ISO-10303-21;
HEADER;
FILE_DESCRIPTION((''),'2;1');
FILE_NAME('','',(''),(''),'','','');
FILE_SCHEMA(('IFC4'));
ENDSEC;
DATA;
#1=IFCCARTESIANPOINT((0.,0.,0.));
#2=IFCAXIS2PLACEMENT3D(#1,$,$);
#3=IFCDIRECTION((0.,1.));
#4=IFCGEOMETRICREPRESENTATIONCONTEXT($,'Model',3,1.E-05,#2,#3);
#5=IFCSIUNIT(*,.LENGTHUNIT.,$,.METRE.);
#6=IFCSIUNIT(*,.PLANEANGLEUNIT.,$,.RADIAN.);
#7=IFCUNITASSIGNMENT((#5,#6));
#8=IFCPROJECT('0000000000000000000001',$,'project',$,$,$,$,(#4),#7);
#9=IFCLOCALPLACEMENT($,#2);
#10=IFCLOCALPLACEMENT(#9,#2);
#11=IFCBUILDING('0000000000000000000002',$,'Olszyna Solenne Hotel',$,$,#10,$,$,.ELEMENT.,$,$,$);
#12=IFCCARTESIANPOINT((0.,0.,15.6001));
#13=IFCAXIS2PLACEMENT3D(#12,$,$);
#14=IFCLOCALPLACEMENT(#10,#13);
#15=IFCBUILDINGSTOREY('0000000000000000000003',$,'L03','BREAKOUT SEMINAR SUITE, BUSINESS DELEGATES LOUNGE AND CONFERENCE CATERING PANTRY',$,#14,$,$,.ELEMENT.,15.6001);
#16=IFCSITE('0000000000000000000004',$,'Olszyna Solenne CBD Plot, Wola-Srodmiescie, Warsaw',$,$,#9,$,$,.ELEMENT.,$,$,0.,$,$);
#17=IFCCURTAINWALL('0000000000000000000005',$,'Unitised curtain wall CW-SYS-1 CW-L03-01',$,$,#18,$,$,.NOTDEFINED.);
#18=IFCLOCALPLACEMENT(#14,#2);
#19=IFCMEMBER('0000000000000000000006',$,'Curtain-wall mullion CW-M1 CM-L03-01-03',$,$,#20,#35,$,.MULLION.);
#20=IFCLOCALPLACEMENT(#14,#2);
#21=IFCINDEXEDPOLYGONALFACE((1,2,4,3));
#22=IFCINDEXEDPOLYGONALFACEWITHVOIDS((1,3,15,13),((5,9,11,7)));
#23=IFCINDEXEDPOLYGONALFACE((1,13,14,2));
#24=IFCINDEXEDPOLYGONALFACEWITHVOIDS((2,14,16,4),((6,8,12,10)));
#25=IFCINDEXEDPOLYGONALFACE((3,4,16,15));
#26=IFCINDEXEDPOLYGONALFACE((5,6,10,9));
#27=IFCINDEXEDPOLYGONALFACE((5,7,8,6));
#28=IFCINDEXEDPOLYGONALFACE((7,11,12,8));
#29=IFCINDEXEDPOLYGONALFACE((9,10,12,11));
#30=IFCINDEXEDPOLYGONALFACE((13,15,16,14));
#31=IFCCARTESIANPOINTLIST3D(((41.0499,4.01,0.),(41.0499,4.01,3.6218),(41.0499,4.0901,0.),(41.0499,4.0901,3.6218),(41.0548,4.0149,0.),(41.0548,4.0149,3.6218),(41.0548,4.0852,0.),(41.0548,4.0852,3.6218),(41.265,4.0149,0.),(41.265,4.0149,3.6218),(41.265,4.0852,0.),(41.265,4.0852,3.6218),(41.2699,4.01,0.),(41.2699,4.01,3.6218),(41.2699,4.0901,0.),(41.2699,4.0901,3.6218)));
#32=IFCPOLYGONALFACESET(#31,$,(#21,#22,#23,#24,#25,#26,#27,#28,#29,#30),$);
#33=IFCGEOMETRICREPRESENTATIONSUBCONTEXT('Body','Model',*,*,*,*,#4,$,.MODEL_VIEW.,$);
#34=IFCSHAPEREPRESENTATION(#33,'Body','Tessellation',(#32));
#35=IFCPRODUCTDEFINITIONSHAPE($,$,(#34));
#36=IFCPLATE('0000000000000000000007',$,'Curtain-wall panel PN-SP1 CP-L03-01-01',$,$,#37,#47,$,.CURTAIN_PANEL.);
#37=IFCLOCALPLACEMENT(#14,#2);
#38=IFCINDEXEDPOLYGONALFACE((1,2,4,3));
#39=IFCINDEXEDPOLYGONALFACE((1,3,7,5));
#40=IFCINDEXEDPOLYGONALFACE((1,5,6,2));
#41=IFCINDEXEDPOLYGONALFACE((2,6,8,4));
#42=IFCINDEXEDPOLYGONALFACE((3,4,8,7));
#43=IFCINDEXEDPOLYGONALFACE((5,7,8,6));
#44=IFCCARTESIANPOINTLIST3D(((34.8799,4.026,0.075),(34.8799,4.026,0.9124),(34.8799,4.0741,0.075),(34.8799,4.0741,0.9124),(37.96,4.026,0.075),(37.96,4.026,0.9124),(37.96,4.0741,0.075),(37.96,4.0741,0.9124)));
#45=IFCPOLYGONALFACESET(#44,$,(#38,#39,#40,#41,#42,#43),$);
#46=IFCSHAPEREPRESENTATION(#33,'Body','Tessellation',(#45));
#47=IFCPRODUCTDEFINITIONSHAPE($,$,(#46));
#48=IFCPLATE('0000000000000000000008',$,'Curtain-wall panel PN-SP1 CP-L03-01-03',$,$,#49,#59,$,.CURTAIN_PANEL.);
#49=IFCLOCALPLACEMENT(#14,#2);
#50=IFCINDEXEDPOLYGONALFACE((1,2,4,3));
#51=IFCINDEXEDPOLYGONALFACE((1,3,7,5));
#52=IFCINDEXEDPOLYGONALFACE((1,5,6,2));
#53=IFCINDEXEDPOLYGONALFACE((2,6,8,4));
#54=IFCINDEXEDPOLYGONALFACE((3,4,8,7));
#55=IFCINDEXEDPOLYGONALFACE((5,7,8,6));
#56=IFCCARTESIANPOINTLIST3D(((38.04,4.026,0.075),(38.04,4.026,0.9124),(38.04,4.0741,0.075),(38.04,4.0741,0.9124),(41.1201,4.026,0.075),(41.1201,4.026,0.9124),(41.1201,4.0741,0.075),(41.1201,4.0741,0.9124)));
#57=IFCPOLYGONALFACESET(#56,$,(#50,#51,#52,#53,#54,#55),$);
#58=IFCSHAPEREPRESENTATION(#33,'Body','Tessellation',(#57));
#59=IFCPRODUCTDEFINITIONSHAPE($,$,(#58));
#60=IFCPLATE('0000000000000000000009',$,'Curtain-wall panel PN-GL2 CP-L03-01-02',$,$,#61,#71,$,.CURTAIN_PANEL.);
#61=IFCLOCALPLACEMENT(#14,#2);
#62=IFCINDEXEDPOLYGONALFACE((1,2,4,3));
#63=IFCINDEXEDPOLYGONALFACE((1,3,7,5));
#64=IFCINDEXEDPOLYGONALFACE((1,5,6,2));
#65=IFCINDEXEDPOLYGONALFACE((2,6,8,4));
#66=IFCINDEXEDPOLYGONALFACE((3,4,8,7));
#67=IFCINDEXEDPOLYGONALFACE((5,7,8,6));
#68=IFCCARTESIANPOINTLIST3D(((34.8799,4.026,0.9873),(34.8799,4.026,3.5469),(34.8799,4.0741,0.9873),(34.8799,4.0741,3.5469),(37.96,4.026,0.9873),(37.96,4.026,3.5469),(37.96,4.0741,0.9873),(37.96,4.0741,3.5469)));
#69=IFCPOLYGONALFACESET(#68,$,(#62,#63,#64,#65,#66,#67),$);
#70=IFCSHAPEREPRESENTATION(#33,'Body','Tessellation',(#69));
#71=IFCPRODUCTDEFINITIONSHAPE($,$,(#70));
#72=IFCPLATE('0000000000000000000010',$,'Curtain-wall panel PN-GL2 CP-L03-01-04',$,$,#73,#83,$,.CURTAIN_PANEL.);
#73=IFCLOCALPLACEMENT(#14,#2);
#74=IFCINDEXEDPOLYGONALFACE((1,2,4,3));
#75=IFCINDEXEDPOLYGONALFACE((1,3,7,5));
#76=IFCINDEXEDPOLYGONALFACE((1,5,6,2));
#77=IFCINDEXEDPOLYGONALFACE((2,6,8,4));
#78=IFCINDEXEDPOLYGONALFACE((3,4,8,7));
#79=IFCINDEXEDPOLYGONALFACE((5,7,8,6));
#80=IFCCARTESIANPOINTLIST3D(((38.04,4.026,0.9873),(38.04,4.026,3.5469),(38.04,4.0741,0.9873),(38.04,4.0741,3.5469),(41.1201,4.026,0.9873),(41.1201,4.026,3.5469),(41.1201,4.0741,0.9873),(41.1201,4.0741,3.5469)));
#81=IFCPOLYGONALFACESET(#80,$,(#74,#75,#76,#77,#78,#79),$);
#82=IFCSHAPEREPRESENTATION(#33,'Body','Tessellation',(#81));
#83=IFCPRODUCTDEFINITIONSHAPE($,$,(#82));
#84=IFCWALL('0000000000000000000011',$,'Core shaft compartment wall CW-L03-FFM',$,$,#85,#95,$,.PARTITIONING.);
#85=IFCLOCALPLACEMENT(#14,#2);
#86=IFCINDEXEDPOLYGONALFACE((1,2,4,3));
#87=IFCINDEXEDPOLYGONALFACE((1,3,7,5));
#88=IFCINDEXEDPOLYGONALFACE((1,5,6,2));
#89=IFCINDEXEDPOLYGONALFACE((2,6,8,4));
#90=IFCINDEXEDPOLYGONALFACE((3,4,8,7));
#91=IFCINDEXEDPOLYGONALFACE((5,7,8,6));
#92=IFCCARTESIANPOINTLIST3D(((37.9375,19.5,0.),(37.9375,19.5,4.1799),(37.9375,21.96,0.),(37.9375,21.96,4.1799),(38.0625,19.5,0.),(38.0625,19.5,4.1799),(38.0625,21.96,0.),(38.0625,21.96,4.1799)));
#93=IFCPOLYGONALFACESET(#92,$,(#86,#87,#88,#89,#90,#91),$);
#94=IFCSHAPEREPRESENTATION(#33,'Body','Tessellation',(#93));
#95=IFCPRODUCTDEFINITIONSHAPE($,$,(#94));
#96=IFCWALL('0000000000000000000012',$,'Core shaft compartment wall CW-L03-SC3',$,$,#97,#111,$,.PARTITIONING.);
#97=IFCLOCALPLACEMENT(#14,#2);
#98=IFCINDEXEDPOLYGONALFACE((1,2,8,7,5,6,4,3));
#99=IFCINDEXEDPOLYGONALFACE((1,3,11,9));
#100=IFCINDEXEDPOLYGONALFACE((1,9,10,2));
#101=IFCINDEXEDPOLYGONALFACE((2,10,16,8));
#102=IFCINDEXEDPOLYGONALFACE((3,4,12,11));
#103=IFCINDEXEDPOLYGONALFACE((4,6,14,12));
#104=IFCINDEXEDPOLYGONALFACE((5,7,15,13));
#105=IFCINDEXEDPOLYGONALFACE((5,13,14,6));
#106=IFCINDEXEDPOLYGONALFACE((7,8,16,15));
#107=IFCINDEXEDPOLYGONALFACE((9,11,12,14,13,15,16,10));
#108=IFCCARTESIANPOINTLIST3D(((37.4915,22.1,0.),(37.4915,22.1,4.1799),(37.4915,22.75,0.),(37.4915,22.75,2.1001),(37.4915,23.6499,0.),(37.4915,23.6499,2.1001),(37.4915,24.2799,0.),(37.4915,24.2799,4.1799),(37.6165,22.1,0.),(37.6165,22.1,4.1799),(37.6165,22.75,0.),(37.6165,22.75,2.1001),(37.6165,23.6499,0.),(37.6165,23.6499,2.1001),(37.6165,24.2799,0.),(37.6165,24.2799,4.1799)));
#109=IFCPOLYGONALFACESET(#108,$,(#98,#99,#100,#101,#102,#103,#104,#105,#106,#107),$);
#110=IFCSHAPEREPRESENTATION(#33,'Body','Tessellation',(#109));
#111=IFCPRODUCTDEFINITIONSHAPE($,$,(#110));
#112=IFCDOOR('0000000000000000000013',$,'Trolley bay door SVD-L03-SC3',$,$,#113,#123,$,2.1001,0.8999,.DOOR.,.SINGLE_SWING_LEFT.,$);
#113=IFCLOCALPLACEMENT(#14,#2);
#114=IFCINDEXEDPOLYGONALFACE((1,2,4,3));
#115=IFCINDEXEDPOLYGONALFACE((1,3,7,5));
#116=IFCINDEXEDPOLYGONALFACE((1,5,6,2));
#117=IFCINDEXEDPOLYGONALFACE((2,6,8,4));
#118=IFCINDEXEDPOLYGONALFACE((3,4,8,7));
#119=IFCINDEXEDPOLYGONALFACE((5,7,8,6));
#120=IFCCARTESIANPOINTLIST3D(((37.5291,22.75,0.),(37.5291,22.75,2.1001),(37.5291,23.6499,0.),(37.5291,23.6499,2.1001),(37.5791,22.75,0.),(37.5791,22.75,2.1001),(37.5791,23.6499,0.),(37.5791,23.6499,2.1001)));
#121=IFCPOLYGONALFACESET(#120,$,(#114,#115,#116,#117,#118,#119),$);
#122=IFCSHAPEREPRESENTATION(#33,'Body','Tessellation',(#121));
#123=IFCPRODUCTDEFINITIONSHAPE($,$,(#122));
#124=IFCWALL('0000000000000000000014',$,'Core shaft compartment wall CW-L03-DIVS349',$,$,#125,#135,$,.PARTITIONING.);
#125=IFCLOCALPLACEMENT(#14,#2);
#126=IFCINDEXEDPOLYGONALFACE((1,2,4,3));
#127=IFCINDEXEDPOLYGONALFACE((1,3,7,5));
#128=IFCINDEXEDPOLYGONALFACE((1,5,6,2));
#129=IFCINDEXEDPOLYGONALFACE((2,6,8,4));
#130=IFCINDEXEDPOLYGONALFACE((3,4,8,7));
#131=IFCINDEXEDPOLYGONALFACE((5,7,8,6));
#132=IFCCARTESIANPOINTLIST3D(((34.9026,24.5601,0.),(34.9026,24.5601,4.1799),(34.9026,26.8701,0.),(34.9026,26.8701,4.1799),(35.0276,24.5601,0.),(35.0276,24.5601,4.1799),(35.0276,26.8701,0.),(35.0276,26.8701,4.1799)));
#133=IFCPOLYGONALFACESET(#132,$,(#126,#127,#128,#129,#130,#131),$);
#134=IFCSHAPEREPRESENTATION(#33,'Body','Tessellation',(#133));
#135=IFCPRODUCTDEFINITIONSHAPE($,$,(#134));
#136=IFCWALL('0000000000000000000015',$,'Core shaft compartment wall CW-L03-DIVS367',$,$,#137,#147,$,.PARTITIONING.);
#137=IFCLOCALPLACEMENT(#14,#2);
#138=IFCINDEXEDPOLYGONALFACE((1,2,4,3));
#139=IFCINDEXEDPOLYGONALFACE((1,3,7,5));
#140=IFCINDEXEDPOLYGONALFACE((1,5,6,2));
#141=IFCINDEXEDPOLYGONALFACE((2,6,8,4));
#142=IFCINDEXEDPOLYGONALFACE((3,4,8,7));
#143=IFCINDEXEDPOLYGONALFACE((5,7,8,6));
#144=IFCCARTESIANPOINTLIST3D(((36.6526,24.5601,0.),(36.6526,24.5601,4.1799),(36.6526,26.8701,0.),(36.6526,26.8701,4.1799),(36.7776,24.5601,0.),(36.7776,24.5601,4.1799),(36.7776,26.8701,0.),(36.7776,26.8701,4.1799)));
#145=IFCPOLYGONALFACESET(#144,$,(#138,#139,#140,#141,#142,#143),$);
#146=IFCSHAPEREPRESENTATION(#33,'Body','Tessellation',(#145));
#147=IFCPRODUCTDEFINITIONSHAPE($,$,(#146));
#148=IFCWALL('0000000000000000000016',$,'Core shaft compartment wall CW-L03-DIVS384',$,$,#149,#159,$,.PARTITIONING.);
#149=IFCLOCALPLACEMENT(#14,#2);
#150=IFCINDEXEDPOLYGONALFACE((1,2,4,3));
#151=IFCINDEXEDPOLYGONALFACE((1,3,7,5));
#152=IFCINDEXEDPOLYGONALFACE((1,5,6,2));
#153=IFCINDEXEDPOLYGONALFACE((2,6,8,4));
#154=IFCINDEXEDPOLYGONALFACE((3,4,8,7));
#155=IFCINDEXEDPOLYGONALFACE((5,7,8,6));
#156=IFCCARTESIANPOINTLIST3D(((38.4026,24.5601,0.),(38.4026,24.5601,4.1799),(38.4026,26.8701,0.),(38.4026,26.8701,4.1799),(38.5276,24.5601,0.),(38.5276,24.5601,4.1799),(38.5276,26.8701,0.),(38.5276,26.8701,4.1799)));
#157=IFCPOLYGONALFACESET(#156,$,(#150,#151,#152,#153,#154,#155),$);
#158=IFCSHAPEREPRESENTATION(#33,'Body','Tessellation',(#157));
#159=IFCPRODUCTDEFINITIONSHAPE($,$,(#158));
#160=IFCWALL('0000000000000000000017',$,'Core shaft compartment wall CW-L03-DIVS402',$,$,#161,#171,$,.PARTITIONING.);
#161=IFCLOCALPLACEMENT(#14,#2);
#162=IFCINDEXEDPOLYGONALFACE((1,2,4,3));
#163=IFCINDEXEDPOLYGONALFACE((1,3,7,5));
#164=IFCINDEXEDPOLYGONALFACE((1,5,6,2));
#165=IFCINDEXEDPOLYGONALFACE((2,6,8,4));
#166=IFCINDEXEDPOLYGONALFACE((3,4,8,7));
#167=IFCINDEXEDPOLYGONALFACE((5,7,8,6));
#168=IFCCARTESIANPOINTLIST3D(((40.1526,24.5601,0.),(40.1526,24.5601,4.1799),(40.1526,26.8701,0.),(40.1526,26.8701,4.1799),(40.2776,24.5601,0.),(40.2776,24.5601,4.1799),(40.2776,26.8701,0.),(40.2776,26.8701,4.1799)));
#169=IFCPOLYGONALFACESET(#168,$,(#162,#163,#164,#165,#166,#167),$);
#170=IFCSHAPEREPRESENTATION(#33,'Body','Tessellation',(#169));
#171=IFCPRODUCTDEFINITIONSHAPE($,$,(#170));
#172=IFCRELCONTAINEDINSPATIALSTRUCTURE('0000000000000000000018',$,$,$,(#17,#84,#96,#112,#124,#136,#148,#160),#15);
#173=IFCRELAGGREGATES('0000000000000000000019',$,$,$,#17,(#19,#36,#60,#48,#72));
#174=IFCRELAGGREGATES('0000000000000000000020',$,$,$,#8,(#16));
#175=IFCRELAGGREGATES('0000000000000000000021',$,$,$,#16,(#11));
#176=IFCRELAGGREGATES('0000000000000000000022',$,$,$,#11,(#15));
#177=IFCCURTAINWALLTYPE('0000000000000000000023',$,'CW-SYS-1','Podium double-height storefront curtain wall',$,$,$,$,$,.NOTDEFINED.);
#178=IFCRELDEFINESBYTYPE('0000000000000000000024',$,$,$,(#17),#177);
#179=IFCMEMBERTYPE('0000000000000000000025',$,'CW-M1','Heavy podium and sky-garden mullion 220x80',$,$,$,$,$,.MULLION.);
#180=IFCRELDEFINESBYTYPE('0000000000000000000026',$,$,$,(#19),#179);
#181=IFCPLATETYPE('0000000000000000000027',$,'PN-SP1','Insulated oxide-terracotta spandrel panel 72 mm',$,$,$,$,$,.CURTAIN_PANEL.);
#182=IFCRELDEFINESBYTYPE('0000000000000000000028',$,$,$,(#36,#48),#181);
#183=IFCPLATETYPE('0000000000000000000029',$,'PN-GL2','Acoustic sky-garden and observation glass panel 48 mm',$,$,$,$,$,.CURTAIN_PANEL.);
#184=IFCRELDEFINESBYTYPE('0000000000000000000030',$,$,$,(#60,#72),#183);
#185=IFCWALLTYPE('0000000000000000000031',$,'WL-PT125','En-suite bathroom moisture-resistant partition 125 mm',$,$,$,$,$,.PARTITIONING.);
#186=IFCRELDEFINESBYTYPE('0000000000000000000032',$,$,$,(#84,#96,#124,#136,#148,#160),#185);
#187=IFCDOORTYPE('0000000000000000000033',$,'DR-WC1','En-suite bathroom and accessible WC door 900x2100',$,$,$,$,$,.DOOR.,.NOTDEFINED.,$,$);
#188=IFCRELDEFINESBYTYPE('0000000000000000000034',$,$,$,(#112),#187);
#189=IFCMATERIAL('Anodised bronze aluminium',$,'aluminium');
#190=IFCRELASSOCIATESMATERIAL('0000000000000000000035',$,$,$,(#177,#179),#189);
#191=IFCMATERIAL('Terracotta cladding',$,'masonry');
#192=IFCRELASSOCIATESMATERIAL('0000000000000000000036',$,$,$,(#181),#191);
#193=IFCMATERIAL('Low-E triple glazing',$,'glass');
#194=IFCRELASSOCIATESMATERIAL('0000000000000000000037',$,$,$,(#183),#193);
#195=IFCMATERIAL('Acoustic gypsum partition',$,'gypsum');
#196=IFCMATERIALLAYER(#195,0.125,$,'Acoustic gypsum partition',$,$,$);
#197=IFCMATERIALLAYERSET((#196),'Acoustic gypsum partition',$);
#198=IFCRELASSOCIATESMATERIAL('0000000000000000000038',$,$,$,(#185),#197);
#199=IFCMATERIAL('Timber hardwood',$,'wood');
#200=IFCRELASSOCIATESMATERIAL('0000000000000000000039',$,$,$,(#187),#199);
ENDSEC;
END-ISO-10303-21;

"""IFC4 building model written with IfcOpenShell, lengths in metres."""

from ifc_helpers import new_model, si_unit, direction, frame, frame_2d, origin, origin_2d, place, context, subcontext, project, spatial, rectangle, hollow_rectangle, extrude, source, transform, mapped, material, layer, layer_set, material_profile, profile_set, type_object, type_shapes, element, fill, aggregate, save


model = new_model("IFC4")

# Units and contexts
model_context = context("Model", 3, precision=1e-05, world=origin(), true_north=direction((0.0, 1.0)))
body_context = subcontext(model_context, "Body", "Model", "MODEL_VIEW")
ifc_project = project(units=[si_unit("LENGTHUNIT", "METRE"), si_unit("PLANEANGLEUNIT", "RADIAN")], contexts=[model_context])

# Site, building, storey
site_placement = place(None, origin())
site = spatial("IfcSite", under=ifc_project, at=site_placement, Name="Olszyna Solenne CBD Plot, Wola-Srodmiescie, Warsaw", CompositionType="ELEMENT", RefElevation=0.0)
building_placement = place(site_placement, origin())
building = spatial("IfcBuilding", under=site, at=building_placement, Name="Olszyna Solenne Hotel", CompositionType="ELEMENT")
storey_placement = place(building_placement, frame((0.0, 0.0, 15.6001)))
storey = spatial("IfcBuildingStorey", under=building, at=storey_placement, Name="L03", Description="BREAKOUT SEMINAR SUITE, BUSINESS DELEGATES LOUNGE AND CONFERENCE CATERING PANTRY", CompositionType="ELEMENT", Elevation=15.6001)

# Curtain wall, member, plates
ifc_material_1 = material(Name="Anodised bronze aluminium", Category="aluminium")
curtain_wall_type = type_object("IfcCurtainWallType", Name="CW-SYS-1", Description="Podium double-height storefront curtain wall", PredefinedType="NOTDEFINED", material=ifc_material_1)
curtain_wall_placement = place(storey_placement, origin())
curtain_wall = element("IfcCurtainWall", 1, at=curtain_wall_placement, inside=storey, type_object=curtain_wall_type, Name="Unitised curtain wall CW-SYS-1 CW-L03-01", PredefinedType="NOTDEFINED")
ifc_material_profile_1 = material_profile(ifc_material_1, hollow_rectangle(XDim=0.0801, YDim=0.22, WallThickness=0.0049, at=origin_2d()), Name="MULL 220x80x5", Category="load-bearing")
ifc_profile_set_1 = profile_set([ifc_material_profile_1], Name="Anodised bronze aluminium")
member_type_1 = type_object("IfcMemberType", Name="CW-M1", Description="Heavy podium and sky-garden mullion 220x80", PredefinedType="MULLION", material=ifc_profile_set_1)
shared_shape_1 = source(origin(), body_context, "Body", "SweptSolid", [
    extrude(hollow_rectangle(XDim=0.0801, YDim=0.22, WallThickness=0.0049, at=origin_2d()), origin(), (0.0, 0.0, 1.0), 3.6218),
])
member_1_placement = place(storey_placement, frame((41.1599, 4.05, 0.0), z_axis=(0.0, 0.0, 1.0), x_axis=(0.0, 1.0, 0.0)))
member_1 = element("IfcMember", 2, at=member_1_placement, type_object=member_type_1, Name="Curtain-wall mullion CW-M1 CM-L03-01-03", PredefinedType="MULLION", context=body_context, shape_type="MappedRepresentation", body=[
    mapped(shared_shape_1, transform((0.0, 0.0, 0.0), x_axis=(1.0, 0.0, 0.0), y_axis=(0.0, 1.0, 0.0), z_axis=(0.0, 0.0, 1.0), scale=1.0)),
])
ifc_material_2 = material(Name="Terracotta cladding", Category="masonry")
plate_type_1 = type_object("IfcPlateType", Name="PN-SP1", Description="Insulated oxide-terracotta spandrel panel 72 mm", PredefinedType="CURTAIN_PANEL", material=ifc_material_2)
shared_shape_2 = source(origin(), body_context, "Body", "SweptSolid", [
    extrude(rectangle(XDim=3.0801, YDim=0.0481, at=origin_2d()), origin(), (0.0, 0.0, 1.0), 0.8374),
])
plate_1_placement = place(storey_placement, frame((36.4199, 4.05, 0.075), z_axis=(0.0, 0.0, 1.0), x_axis=(1.0, 0.0, 0.0)))
plate_1 = element("IfcPlate", 3, at=plate_1_placement, type_object=plate_type_1, Name="Curtain-wall panel PN-SP1 CP-L03-01-01", PredefinedType="CURTAIN_PANEL", context=body_context, shape_type="MappedRepresentation", body=[
    mapped(shared_shape_2, transform((0.0, 0.0, 0.0), x_axis=(1.0, 0.0, 0.0), y_axis=(0.0, 1.0, 0.0), z_axis=(0.0, 0.0, 1.0), scale=1.0)),
])
plate_2_placement = place(storey_placement, frame((39.5801, 4.05, 0.075), z_axis=(0.0, 0.0, 1.0), x_axis=(1.0, 0.0, 0.0)))
plate_2 = element("IfcPlate", 4, at=plate_2_placement, type_object=plate_type_1, Name="Curtain-wall panel PN-SP1 CP-L03-01-03", PredefinedType="CURTAIN_PANEL", context=body_context, shape_type="MappedRepresentation", body=[
    mapped(shared_shape_2, transform((0.0, 0.0, 0.0), x_axis=(1.0, 0.0, 0.0), y_axis=(0.0, 1.0, 0.0), z_axis=(0.0, 0.0, 1.0), scale=1.0)),
])
ifc_material_3 = material(Name="Low-E triple glazing", Category="glass")
plate_type_2 = type_object("IfcPlateType", Name="PN-GL2", Description="Acoustic sky-garden and observation glass panel 48 mm", PredefinedType="CURTAIN_PANEL", material=ifc_material_3)
shared_shape_3 = source(origin(), body_context, "Body", "SweptSolid", [
    extrude(rectangle(XDim=3.0801, YDim=0.0481, at=origin_2d()), origin(), (0.0, 0.0, 1.0), 2.5596),
])
plate_3_placement = place(storey_placement, frame((36.4199, 4.05, 0.9873), z_axis=(0.0, 0.0, 1.0), x_axis=(1.0, 0.0, 0.0)))
plate_3 = element("IfcPlate", 5, at=plate_3_placement, type_object=plate_type_2, Name="Curtain-wall panel PN-GL2 CP-L03-01-02", PredefinedType="CURTAIN_PANEL", context=body_context, shape_type="MappedRepresentation", body=[
    mapped(shared_shape_3, transform((0.0, 0.0, 0.0), x_axis=(1.0, 0.0, 0.0), y_axis=(0.0, 1.0, 0.0), z_axis=(0.0, 0.0, 1.0), scale=1.0)),
])
plate_4_placement = place(storey_placement, frame((39.5801, 4.05, 0.9873), z_axis=(0.0, 0.0, 1.0), x_axis=(1.0, 0.0, 0.0)))
plate_4 = element("IfcPlate", 6, at=plate_4_placement, type_object=plate_type_2, Name="Curtain-wall panel PN-GL2 CP-L03-01-04", PredefinedType="CURTAIN_PANEL", context=body_context, shape_type="MappedRepresentation", body=[
    mapped(shared_shape_3, transform((0.0, 0.0, 0.0), x_axis=(1.0, 0.0, 0.0), y_axis=(0.0, 1.0, 0.0), z_axis=(0.0, 0.0, 1.0), scale=1.0)),
])
aggregate(curtain_wall, [member_1, plate_1, plate_3, plate_2, plate_4])

# Wall
ifc_material_4 = material(Name="Acoustic gypsum partition", Category="gypsum")
ifc_layer_1 = layer(ifc_material_4, 0.125, Name="Acoustic gypsum partition")
ifc_layer_set_1 = layer_set([ifc_layer_1], Name="Acoustic gypsum partition")
wall_type_1 = type_object("IfcWallType", Name="WL-PT125", Description="En-suite bathroom moisture-resistant partition 125 mm", PredefinedType="PARTITIONING", material=ifc_layer_set_1)
wall_1_placement = place(storey_placement, frame((38.0, 19.5, 0.0), z_axis=(0.0, 0.0, 1.0), x_axis=(0.0, 1.0, 0.0)))
element("IfcWall", 7, at=wall_1_placement, inside=storey, type_object=wall_type_1, Name="Core shaft compartment wall CW-L03-FFM", PredefinedType="PARTITIONING", context=body_context, shape_type="SweptSolid", body=[
    extrude(rectangle(XDim=2.46, YDim=0.125, at=frame_2d((1.23, 0.0))), origin(), (0.0, 0.0, 1.0), 4.1799),
])

# Wall, opening, door
wall_2_placement = place(storey_placement, frame((37.554, 22.1001, 0.0), z_axis=(0.0, 0.0, 1.0), x_axis=(0.0, 1.0, 0.0)))
wall_2 = element("IfcWall", 8, at=wall_2_placement, inside=storey, type_object=wall_type_1, Name="Core shaft compartment wall CW-L03-SC3", PredefinedType="PARTITIONING", context=body_context, shape_type="SweptSolid", body=[
    extrude(rectangle(XDim=2.1799, YDim=0.125, at=frame_2d((1.0898, 0.0))), origin(), (0.0, 0.0, 1.0), 4.1799),
])
opening_1_placement = place(wall_2_placement, frame((0.6499, 0.0, 0.0)))
opening_1 = element("IfcOpeningElement", 9, at=opening_1_placement, cuts=wall_2, PredefinedType="OPENING", context=body_context, shape_type="SweptSolid", body=[
    extrude(rectangle(XDim=0.8999, YDim=2.1001, at=frame_2d((0.45, 1.05))), frame((0.0, 0.0725, 0.0), z_axis=(0.0, -1.0, 0.0), x_axis=(1.0, 0.0, 0.0)), (0.0, 0.0, 1.0), 0.145),
])
ifc_material_5 = material(Name="Timber hardwood", Category="wood")
door_type_1 = type_object("IfcDoorType", Name="DR-WC1", Description="En-suite bathroom and accessible WC door 900x2100", OperationType="NOTDEFINED", PredefinedType="DOOR", material=ifc_material_5)
shared_shape_4 = source(origin(), body_context, "Body", "SweptSolid", [
    extrude(rectangle(XDim=0.8999, YDim=2.1001, at=frame_2d((0.45, 1.05))), frame((0.0, 0.0249, 0.0), z_axis=(0.0, -1.0, 0.0), x_axis=(1.0, 0.0, 0.0)), (0.0, 0.0, 1.0), 0.05),
])
type_shapes(door_type_1, [shared_shape_4])
door_1_placement = place(opening_1_placement, origin())
door_1 = element("IfcDoor", 10, at=door_1_placement, inside=storey, type_object=door_type_1, Name="Trolley bay door SVD-L03-SC3", OperationType="SINGLE_SWING_LEFT", OverallHeight=2.1001, OverallWidth=0.8999, PredefinedType="DOOR", context=body_context, shape_type="MappedRepresentation", body=[
    mapped(shared_shape_4, transform((0.0, 0.0, 0.0), x_axis=(1.0, 0.0, 0.0), y_axis=(0.0, 1.0, 0.0), z_axis=(0.0, 0.0, 1.0), scale=1.0)),
])
fill(opening_1, door_1)

# Walls
for number, where, z_axis, x_axis, name in (
    (11, (34.9651, 24.5601, 0.0), (0.0, 0.0, 1.0), (0.0, 1.0, 0.0), "Core shaft compartment wall CW-L03-DIVS349"),
    (12, (36.7151, 24.5601, 0.0), (0.0, 0.0, 1.0), (0.0, 1.0, 0.0), "Core shaft compartment wall CW-L03-DIVS367"),
    (13, (38.4651, 24.5601, 0.0), (0.0, 0.0, 1.0), (0.0, 1.0, 0.0), "Core shaft compartment wall CW-L03-DIVS384"),
    (14, (40.2151, 24.5601, 0.0), (0.0, 0.0, 1.0), (0.0, 1.0, 0.0), "Core shaft compartment wall CW-L03-DIVS402"),
):
    element("IfcWall", number, at=place(storey_placement, frame(where, z_axis=z_axis, x_axis=x_axis)), inside=storey, type_object=wall_type_1, Name=name, PredefinedType="PARTITIONING", context=body_context, shape_type="SweptSolid", body=[
        extrude(rectangle(XDim=2.3101, YDim=0.125, at=frame_2d((1.155, 0.0))), origin(), (0.0, 0.0, 1.0), 4.1799),
    ])

save(model, "model.ifc")
